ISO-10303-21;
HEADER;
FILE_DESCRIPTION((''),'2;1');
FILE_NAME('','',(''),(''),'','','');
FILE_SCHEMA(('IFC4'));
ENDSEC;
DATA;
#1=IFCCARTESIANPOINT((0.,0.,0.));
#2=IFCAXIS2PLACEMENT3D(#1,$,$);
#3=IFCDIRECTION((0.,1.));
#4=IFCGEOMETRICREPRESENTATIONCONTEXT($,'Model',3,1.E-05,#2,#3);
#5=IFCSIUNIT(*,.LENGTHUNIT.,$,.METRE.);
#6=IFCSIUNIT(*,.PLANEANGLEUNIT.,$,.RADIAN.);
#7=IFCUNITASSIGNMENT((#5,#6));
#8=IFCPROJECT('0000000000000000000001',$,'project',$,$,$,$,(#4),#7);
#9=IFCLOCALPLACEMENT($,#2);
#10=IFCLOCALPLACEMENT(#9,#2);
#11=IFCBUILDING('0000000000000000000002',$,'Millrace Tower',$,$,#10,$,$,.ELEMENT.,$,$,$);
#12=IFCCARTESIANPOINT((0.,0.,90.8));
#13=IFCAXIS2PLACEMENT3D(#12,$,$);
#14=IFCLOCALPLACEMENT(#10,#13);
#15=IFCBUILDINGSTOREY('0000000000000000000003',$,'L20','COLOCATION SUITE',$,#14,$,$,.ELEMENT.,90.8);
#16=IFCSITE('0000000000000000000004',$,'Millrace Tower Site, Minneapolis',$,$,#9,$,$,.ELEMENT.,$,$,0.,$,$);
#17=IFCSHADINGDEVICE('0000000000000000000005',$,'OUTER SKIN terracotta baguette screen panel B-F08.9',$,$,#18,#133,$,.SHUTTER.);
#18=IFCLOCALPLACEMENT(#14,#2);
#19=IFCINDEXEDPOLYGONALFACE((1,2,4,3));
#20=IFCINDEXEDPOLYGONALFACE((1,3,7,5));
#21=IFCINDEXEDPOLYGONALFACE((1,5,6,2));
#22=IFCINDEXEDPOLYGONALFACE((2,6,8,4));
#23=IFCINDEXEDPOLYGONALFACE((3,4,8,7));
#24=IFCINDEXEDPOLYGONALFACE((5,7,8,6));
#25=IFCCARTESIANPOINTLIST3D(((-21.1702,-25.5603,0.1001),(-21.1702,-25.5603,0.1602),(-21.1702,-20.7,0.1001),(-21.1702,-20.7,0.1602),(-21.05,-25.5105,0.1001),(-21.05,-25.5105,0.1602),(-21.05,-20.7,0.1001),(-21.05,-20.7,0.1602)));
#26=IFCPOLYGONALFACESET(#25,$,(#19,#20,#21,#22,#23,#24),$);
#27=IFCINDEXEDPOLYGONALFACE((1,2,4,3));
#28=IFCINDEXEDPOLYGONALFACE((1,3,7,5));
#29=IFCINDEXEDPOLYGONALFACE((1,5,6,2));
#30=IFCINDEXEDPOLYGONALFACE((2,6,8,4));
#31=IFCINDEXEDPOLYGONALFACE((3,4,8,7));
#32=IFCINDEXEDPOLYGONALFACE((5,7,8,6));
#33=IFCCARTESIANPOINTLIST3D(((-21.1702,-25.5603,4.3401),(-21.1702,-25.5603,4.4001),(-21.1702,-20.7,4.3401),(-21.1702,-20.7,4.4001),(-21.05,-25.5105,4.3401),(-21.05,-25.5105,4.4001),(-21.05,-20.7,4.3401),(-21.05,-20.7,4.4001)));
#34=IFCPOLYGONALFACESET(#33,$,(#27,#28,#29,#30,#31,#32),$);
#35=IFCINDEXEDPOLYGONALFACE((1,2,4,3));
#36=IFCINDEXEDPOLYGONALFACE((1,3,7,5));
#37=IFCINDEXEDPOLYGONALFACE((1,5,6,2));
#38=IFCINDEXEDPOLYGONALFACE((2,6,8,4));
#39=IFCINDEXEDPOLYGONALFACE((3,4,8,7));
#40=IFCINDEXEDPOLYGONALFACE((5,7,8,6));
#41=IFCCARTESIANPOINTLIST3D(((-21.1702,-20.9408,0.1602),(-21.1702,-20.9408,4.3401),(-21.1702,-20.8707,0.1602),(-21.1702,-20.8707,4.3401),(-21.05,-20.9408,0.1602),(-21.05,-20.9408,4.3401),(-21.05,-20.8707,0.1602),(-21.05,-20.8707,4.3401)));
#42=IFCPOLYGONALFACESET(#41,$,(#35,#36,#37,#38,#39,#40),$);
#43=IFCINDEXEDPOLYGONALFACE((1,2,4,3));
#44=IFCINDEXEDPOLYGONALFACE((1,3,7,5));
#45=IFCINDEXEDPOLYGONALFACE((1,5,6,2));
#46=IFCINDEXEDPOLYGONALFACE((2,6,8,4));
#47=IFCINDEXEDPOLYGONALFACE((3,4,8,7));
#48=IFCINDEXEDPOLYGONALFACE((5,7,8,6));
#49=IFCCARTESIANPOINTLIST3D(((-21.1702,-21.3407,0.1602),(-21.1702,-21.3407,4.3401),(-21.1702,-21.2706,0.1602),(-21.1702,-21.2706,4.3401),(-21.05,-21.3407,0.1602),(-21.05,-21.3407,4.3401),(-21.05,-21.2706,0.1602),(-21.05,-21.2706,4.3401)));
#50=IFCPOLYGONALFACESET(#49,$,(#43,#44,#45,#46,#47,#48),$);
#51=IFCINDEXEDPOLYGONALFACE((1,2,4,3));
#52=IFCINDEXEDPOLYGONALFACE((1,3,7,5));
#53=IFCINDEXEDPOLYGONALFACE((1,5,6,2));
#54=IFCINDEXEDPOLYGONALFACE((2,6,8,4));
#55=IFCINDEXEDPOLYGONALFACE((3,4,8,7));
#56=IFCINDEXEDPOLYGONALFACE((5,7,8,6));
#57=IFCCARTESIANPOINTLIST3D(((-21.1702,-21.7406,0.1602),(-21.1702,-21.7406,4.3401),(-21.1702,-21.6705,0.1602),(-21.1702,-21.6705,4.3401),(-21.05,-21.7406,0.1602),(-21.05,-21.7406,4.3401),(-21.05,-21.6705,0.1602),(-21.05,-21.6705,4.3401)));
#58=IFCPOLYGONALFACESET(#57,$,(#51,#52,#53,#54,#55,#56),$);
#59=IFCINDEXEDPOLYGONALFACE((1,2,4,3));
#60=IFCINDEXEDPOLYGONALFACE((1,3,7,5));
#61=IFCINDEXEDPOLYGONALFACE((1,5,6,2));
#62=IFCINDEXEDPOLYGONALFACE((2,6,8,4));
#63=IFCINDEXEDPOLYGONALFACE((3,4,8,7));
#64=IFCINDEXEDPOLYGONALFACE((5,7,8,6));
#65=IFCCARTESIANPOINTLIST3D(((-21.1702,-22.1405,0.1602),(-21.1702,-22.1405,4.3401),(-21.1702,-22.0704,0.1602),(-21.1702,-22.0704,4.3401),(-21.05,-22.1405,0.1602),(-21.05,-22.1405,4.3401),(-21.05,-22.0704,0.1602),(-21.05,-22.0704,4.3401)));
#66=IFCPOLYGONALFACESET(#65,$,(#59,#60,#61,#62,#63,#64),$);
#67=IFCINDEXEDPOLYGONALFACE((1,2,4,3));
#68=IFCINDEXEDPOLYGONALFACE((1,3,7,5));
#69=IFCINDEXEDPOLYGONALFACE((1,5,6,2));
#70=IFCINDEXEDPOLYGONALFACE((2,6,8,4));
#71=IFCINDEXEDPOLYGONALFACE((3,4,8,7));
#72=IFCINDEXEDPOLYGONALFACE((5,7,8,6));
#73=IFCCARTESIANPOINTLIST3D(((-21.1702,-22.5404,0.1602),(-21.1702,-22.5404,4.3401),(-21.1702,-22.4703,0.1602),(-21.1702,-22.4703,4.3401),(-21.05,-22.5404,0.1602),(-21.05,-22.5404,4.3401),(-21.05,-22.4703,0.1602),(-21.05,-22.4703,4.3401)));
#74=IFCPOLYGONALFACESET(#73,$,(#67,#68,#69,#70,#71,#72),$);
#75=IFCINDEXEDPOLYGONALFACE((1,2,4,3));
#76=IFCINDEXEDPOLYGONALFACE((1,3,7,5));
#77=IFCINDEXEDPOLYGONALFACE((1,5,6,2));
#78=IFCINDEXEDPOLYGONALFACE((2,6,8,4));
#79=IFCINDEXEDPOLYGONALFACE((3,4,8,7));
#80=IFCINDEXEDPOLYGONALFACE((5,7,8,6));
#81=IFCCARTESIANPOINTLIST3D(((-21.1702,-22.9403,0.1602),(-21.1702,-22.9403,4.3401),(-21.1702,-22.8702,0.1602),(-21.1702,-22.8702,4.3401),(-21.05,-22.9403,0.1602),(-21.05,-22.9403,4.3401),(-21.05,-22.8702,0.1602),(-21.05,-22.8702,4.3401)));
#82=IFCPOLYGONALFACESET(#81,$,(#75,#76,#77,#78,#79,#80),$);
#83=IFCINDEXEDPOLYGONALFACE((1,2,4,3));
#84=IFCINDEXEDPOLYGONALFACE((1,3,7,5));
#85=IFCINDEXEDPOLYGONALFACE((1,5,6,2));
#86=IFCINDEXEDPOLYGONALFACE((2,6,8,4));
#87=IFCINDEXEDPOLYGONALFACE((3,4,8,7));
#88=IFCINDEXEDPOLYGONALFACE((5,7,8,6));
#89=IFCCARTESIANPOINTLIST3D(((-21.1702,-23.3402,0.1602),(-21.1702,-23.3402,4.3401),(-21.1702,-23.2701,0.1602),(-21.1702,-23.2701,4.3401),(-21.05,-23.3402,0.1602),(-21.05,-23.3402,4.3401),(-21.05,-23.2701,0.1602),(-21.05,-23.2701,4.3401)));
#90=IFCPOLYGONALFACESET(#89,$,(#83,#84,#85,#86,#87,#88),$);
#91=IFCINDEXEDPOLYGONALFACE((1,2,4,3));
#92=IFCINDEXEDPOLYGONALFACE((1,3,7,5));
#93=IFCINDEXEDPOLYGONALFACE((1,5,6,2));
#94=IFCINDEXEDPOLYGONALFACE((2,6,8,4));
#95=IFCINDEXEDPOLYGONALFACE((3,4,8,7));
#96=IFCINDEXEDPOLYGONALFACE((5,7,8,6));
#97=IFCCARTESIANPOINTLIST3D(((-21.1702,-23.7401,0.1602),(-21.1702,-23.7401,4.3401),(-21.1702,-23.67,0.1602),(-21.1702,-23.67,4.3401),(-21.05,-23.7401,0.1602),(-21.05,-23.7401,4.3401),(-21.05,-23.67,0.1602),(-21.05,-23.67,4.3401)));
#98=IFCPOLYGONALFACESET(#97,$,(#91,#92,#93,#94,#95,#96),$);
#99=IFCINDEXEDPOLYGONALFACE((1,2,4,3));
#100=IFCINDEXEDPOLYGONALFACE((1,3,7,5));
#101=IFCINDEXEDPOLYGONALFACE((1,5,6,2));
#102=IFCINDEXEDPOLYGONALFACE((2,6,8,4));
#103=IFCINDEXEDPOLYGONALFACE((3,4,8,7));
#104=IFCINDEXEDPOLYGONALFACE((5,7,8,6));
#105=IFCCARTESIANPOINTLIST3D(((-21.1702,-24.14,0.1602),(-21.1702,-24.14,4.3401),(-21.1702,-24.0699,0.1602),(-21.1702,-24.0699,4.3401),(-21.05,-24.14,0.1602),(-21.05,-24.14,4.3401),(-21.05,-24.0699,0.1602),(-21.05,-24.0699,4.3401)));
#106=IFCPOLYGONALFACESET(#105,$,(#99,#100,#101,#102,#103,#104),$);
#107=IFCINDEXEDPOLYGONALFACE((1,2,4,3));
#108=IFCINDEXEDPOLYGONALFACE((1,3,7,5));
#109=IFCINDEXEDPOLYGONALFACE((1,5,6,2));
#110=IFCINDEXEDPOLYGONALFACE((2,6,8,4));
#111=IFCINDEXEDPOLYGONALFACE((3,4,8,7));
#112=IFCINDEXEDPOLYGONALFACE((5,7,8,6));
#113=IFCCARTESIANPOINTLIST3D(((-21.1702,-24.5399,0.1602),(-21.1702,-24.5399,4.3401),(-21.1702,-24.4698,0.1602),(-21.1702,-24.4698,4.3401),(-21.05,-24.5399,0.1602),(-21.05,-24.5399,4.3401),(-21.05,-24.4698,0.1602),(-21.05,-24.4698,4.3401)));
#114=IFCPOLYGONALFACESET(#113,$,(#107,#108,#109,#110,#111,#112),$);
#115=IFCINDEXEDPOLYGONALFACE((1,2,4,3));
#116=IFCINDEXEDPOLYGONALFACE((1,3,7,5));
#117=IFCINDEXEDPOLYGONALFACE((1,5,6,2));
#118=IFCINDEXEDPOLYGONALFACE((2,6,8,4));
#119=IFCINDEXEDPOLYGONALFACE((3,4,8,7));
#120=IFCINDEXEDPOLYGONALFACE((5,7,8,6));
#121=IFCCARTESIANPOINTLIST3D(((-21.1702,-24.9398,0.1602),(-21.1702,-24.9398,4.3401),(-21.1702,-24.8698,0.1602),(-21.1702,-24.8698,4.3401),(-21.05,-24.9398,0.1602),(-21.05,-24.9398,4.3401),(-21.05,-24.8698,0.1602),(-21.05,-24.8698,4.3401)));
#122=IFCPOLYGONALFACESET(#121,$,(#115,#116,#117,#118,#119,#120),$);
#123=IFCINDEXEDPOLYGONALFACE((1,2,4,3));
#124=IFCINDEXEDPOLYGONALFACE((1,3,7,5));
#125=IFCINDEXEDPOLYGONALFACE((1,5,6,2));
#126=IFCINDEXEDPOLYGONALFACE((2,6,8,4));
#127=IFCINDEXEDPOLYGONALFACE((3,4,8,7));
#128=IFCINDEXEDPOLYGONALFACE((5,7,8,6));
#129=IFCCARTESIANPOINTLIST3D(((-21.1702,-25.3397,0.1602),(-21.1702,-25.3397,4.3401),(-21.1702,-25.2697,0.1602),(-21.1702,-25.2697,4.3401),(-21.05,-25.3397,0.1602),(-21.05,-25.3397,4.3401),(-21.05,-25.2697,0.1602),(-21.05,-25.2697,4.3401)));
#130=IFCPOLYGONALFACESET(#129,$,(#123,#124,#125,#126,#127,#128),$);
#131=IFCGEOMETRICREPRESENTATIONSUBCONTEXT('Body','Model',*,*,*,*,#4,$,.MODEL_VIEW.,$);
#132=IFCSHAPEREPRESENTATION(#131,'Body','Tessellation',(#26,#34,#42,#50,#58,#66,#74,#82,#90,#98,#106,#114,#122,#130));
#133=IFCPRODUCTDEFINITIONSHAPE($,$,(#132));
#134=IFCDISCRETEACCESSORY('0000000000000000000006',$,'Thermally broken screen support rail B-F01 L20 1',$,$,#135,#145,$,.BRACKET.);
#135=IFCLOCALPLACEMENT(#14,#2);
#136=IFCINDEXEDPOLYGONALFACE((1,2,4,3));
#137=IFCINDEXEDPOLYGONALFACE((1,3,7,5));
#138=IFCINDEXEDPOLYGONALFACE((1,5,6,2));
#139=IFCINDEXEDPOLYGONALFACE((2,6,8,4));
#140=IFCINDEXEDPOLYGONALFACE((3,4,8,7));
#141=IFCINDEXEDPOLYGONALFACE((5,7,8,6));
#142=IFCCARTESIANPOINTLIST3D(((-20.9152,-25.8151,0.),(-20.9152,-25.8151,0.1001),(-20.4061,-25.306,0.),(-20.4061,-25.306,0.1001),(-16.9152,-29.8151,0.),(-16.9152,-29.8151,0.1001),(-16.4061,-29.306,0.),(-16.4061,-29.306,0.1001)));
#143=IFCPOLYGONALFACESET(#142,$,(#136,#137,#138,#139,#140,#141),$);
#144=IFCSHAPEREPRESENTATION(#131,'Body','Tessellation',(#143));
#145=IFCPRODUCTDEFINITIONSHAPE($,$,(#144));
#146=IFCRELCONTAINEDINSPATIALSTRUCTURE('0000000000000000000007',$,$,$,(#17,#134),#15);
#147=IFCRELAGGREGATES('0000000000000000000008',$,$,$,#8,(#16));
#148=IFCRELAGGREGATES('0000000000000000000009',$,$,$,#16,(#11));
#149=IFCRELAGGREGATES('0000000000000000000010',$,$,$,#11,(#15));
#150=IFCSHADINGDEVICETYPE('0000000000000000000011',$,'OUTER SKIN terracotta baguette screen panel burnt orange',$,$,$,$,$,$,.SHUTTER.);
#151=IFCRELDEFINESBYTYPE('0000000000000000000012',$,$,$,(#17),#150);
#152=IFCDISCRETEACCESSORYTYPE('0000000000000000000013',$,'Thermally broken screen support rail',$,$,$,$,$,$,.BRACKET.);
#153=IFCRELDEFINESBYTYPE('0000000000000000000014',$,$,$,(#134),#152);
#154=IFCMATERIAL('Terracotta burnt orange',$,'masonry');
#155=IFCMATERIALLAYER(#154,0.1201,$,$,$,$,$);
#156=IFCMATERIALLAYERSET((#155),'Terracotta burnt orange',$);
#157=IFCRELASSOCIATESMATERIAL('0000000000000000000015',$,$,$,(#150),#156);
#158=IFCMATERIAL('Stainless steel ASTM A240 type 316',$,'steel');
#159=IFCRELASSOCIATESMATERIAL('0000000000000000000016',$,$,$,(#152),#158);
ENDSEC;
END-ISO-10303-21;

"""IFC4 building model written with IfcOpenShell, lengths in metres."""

from ifc_helpers import new_model, entity, si_unit, direction, frame, frame_2d, origin, origin_2d, place, context, subcontext, project, spatial, rectangle, extrude, source, transform, mapped, material, layer, layer_set, type_object, element, save


model = new_model("IFC4")

# Units and contexts
model_context = context("Model", 3, precision=1e-05, world=origin(), true_north=direction((0.0, 1.0)))
body_context = subcontext(model_context, "Body", "Model", "MODEL_VIEW")
ifc_project = project(units=[si_unit("LENGTHUNIT", "METRE"), si_unit("PLANEANGLEUNIT", "RADIAN")], contexts=[model_context])

# Site, building, storey
site_placement = place(None, origin())
site = spatial("IfcSite", under=ifc_project, at=site_placement, Name="Millrace Tower Site, Minneapolis", CompositionType="ELEMENT", RefElevation=0.0)
building_placement = place(site_placement, origin())
building = spatial("IfcBuilding", under=site, at=building_placement, Name="Millrace Tower", CompositionType="ELEMENT")
storey_placement = place(building_placement, frame((0.0, 0.0, 90.8)))
storey = spatial("IfcBuildingStorey", under=building, at=storey_placement, Name="L20", Description="COLOCATION SUITE", CompositionType="ELEMENT", Elevation=90.8)

# Shading device
ifc_material_1 = material(Name="Terracotta burnt orange", Category="masonry")
ifc_layer_1 = layer(ifc_material_1, 0.1201)
ifc_layer_set_1 = layer_set([ifc_layer_1], Name="Terracotta burnt orange")
shading_device_type = type_object("IfcShadingDeviceType", Name="OUTER SKIN terracotta baguette screen panel burnt orange", PredefinedType="SHUTTER", material=ifc_layer_set_1)
cartesian_point_1 = entity("IfcCartesianPoint", [-2.4177, 0.0601])
shared_polyline_1 = entity("IfcPolyline", [cartesian_point_1, entity("IfcCartesianPoint", [2.3928, 0.0601]), entity("IfcCartesianPoint", [2.4426, -0.0601]), entity("IfcCartesianPoint", [-2.4177, -0.0601]), cartesian_point_1])
shared_shape_1 = source(origin(), body_context, "Body", "SweptSolid", [
    entity("IfcExtrudedAreaSolid", entity("IfcArbitraryClosedProfileDef", "AREA", None, shared_polyline_1), entity("IfcAxis2Placement3D", entity("IfcCartesianPoint", [0.0, 0.0, 0.0])), entity("IfcDirection", [0.0, 0.0, 1.0]), 0.0601),
    entity("IfcExtrudedAreaSolid", entity("IfcArbitraryClosedProfileDef", "AREA", None, shared_polyline_1), entity("IfcAxis2Placement3D", entity("IfcCartesianPoint", [0.0, 0.0, 4.24])), entity("IfcDirection", [0.0, 0.0, 1.0]), 0.0601),
    extrude(rectangle(XDim=0.0701, YDim=0.1201, at=frame_2d((-2.2119, 0.0))), frame((0.0, 0.0, 0.0601)), (0.0, 0.0, 1.0), 4.1799),
    extrude(rectangle(XDim=0.0701, YDim=0.1201, at=frame_2d((-1.812, 0.0))), frame((0.0, 0.0, 0.0601)), (0.0, 0.0, 1.0), 4.1799),
    extrude(rectangle(XDim=0.0701, YDim=0.1201, at=frame_2d((-1.4121, 0.0))), frame((0.0, 0.0, 0.0601)), (0.0, 0.0, 1.0), 4.1799),
    extrude(rectangle(XDim=0.0701, YDim=0.1201, at=frame_2d((-1.0122, 0.0))), frame((0.0, 0.0, 0.0601)), (0.0, 0.0, 1.0), 4.1799),
    extrude(rectangle(XDim=0.0701, YDim=0.1201, at=frame_2d((-0.6123, 0.0))), frame((0.0, 0.0, 0.0601)), (0.0, 0.0, 1.0), 4.1799),
    extrude(rectangle(XDim=0.0701, YDim=0.1201, at=frame_2d((-0.2124, 0.0))), frame((0.0, 0.0, 0.0601)), (0.0, 0.0, 1.0), 4.1799),
    extrude(rectangle(XDim=0.0701, YDim=0.1201, at=frame_2d((0.1875, 0.0))), frame((0.0, 0.0, 0.0601)), (0.0, 0.0, 1.0), 4.1799),
    extrude(rectangle(XDim=0.0701, YDim=0.1201, at=frame_2d((0.5874, 0.0))), frame((0.0, 0.0, 0.0601)), (0.0, 0.0, 1.0), 4.1799),
    extrude(rectangle(XDim=0.0701, YDim=0.1201, at=frame_2d((0.9873, 0.0))), frame((0.0, 0.0, 0.0601)), (0.0, 0.0, 1.0), 4.1799),
    extrude(rectangle(XDim=0.0701, YDim=0.1201, at=frame_2d((1.3872, 0.0))), frame((0.0, 0.0, 0.0601)), (0.0, 0.0, 1.0), 4.1799),
    extrude(rectangle(XDim=0.0701, YDim=0.1201, at=frame_2d((1.7871, 0.0))), frame((0.0, 0.0, 0.0601)), (0.0, 0.0, 1.0), 4.1799),
    extrude(rectangle(XDim=0.0701, YDim=0.1201, at=frame_2d((2.187, 0.0))), frame((0.0, 0.0, 0.0601)), (0.0, 0.0, 1.0), 4.1799),
])
shading_device_1_placement = place(storey_placement, frame((-21.1101, -23.1177, 0.1001), z_axis=(0.0, 0.0, 1.0), x_axis=(0.0, -1.0, 0.0)))
element("IfcShadingDevice", 1, at=shading_device_1_placement, inside=storey, type_object=shading_device_type, Name="OUTER SKIN terracotta baguette screen panel B-F08.9", PredefinedType="SHUTTER", context=body_context, shape_type="MappedRepresentation", body=[
    mapped(shared_shape_1, transform((0.0, 0.0, 0.0), scale=1.0)),
])

# Discrete accessory
ifc_material_2 = material(Name="Stainless steel ASTM A240 type 316", Category="steel")
discrete_accessory_type = type_object("IfcDiscreteAccessoryType", Name="Thermally broken screen support rail", PredefinedType="BRACKET", material=ifc_material_2)
discrete_accessory_placement = place(storey_placement, frame((-18.6606, -27.5605, 0.0), z_axis=(0.0, 0.0, 1.0), x_axis=(0.707107, -0.707107, 0.0)))
element("IfcDiscreteAccessory", 2, at=discrete_accessory_placement, inside=storey, type_object=discrete_accessory_type, Name="Thermally broken screen support rail B-F01 L20 1", PredefinedType="BRACKET", context=body_context, shape_type="SweptSolid", body=[
    extrude(rectangle(XDim=5.6567, YDim=0.72, at=origin_2d()), origin(), (0.0, 0.0, 1.0), 0.1001),
])

save(model, "model.ifc")
